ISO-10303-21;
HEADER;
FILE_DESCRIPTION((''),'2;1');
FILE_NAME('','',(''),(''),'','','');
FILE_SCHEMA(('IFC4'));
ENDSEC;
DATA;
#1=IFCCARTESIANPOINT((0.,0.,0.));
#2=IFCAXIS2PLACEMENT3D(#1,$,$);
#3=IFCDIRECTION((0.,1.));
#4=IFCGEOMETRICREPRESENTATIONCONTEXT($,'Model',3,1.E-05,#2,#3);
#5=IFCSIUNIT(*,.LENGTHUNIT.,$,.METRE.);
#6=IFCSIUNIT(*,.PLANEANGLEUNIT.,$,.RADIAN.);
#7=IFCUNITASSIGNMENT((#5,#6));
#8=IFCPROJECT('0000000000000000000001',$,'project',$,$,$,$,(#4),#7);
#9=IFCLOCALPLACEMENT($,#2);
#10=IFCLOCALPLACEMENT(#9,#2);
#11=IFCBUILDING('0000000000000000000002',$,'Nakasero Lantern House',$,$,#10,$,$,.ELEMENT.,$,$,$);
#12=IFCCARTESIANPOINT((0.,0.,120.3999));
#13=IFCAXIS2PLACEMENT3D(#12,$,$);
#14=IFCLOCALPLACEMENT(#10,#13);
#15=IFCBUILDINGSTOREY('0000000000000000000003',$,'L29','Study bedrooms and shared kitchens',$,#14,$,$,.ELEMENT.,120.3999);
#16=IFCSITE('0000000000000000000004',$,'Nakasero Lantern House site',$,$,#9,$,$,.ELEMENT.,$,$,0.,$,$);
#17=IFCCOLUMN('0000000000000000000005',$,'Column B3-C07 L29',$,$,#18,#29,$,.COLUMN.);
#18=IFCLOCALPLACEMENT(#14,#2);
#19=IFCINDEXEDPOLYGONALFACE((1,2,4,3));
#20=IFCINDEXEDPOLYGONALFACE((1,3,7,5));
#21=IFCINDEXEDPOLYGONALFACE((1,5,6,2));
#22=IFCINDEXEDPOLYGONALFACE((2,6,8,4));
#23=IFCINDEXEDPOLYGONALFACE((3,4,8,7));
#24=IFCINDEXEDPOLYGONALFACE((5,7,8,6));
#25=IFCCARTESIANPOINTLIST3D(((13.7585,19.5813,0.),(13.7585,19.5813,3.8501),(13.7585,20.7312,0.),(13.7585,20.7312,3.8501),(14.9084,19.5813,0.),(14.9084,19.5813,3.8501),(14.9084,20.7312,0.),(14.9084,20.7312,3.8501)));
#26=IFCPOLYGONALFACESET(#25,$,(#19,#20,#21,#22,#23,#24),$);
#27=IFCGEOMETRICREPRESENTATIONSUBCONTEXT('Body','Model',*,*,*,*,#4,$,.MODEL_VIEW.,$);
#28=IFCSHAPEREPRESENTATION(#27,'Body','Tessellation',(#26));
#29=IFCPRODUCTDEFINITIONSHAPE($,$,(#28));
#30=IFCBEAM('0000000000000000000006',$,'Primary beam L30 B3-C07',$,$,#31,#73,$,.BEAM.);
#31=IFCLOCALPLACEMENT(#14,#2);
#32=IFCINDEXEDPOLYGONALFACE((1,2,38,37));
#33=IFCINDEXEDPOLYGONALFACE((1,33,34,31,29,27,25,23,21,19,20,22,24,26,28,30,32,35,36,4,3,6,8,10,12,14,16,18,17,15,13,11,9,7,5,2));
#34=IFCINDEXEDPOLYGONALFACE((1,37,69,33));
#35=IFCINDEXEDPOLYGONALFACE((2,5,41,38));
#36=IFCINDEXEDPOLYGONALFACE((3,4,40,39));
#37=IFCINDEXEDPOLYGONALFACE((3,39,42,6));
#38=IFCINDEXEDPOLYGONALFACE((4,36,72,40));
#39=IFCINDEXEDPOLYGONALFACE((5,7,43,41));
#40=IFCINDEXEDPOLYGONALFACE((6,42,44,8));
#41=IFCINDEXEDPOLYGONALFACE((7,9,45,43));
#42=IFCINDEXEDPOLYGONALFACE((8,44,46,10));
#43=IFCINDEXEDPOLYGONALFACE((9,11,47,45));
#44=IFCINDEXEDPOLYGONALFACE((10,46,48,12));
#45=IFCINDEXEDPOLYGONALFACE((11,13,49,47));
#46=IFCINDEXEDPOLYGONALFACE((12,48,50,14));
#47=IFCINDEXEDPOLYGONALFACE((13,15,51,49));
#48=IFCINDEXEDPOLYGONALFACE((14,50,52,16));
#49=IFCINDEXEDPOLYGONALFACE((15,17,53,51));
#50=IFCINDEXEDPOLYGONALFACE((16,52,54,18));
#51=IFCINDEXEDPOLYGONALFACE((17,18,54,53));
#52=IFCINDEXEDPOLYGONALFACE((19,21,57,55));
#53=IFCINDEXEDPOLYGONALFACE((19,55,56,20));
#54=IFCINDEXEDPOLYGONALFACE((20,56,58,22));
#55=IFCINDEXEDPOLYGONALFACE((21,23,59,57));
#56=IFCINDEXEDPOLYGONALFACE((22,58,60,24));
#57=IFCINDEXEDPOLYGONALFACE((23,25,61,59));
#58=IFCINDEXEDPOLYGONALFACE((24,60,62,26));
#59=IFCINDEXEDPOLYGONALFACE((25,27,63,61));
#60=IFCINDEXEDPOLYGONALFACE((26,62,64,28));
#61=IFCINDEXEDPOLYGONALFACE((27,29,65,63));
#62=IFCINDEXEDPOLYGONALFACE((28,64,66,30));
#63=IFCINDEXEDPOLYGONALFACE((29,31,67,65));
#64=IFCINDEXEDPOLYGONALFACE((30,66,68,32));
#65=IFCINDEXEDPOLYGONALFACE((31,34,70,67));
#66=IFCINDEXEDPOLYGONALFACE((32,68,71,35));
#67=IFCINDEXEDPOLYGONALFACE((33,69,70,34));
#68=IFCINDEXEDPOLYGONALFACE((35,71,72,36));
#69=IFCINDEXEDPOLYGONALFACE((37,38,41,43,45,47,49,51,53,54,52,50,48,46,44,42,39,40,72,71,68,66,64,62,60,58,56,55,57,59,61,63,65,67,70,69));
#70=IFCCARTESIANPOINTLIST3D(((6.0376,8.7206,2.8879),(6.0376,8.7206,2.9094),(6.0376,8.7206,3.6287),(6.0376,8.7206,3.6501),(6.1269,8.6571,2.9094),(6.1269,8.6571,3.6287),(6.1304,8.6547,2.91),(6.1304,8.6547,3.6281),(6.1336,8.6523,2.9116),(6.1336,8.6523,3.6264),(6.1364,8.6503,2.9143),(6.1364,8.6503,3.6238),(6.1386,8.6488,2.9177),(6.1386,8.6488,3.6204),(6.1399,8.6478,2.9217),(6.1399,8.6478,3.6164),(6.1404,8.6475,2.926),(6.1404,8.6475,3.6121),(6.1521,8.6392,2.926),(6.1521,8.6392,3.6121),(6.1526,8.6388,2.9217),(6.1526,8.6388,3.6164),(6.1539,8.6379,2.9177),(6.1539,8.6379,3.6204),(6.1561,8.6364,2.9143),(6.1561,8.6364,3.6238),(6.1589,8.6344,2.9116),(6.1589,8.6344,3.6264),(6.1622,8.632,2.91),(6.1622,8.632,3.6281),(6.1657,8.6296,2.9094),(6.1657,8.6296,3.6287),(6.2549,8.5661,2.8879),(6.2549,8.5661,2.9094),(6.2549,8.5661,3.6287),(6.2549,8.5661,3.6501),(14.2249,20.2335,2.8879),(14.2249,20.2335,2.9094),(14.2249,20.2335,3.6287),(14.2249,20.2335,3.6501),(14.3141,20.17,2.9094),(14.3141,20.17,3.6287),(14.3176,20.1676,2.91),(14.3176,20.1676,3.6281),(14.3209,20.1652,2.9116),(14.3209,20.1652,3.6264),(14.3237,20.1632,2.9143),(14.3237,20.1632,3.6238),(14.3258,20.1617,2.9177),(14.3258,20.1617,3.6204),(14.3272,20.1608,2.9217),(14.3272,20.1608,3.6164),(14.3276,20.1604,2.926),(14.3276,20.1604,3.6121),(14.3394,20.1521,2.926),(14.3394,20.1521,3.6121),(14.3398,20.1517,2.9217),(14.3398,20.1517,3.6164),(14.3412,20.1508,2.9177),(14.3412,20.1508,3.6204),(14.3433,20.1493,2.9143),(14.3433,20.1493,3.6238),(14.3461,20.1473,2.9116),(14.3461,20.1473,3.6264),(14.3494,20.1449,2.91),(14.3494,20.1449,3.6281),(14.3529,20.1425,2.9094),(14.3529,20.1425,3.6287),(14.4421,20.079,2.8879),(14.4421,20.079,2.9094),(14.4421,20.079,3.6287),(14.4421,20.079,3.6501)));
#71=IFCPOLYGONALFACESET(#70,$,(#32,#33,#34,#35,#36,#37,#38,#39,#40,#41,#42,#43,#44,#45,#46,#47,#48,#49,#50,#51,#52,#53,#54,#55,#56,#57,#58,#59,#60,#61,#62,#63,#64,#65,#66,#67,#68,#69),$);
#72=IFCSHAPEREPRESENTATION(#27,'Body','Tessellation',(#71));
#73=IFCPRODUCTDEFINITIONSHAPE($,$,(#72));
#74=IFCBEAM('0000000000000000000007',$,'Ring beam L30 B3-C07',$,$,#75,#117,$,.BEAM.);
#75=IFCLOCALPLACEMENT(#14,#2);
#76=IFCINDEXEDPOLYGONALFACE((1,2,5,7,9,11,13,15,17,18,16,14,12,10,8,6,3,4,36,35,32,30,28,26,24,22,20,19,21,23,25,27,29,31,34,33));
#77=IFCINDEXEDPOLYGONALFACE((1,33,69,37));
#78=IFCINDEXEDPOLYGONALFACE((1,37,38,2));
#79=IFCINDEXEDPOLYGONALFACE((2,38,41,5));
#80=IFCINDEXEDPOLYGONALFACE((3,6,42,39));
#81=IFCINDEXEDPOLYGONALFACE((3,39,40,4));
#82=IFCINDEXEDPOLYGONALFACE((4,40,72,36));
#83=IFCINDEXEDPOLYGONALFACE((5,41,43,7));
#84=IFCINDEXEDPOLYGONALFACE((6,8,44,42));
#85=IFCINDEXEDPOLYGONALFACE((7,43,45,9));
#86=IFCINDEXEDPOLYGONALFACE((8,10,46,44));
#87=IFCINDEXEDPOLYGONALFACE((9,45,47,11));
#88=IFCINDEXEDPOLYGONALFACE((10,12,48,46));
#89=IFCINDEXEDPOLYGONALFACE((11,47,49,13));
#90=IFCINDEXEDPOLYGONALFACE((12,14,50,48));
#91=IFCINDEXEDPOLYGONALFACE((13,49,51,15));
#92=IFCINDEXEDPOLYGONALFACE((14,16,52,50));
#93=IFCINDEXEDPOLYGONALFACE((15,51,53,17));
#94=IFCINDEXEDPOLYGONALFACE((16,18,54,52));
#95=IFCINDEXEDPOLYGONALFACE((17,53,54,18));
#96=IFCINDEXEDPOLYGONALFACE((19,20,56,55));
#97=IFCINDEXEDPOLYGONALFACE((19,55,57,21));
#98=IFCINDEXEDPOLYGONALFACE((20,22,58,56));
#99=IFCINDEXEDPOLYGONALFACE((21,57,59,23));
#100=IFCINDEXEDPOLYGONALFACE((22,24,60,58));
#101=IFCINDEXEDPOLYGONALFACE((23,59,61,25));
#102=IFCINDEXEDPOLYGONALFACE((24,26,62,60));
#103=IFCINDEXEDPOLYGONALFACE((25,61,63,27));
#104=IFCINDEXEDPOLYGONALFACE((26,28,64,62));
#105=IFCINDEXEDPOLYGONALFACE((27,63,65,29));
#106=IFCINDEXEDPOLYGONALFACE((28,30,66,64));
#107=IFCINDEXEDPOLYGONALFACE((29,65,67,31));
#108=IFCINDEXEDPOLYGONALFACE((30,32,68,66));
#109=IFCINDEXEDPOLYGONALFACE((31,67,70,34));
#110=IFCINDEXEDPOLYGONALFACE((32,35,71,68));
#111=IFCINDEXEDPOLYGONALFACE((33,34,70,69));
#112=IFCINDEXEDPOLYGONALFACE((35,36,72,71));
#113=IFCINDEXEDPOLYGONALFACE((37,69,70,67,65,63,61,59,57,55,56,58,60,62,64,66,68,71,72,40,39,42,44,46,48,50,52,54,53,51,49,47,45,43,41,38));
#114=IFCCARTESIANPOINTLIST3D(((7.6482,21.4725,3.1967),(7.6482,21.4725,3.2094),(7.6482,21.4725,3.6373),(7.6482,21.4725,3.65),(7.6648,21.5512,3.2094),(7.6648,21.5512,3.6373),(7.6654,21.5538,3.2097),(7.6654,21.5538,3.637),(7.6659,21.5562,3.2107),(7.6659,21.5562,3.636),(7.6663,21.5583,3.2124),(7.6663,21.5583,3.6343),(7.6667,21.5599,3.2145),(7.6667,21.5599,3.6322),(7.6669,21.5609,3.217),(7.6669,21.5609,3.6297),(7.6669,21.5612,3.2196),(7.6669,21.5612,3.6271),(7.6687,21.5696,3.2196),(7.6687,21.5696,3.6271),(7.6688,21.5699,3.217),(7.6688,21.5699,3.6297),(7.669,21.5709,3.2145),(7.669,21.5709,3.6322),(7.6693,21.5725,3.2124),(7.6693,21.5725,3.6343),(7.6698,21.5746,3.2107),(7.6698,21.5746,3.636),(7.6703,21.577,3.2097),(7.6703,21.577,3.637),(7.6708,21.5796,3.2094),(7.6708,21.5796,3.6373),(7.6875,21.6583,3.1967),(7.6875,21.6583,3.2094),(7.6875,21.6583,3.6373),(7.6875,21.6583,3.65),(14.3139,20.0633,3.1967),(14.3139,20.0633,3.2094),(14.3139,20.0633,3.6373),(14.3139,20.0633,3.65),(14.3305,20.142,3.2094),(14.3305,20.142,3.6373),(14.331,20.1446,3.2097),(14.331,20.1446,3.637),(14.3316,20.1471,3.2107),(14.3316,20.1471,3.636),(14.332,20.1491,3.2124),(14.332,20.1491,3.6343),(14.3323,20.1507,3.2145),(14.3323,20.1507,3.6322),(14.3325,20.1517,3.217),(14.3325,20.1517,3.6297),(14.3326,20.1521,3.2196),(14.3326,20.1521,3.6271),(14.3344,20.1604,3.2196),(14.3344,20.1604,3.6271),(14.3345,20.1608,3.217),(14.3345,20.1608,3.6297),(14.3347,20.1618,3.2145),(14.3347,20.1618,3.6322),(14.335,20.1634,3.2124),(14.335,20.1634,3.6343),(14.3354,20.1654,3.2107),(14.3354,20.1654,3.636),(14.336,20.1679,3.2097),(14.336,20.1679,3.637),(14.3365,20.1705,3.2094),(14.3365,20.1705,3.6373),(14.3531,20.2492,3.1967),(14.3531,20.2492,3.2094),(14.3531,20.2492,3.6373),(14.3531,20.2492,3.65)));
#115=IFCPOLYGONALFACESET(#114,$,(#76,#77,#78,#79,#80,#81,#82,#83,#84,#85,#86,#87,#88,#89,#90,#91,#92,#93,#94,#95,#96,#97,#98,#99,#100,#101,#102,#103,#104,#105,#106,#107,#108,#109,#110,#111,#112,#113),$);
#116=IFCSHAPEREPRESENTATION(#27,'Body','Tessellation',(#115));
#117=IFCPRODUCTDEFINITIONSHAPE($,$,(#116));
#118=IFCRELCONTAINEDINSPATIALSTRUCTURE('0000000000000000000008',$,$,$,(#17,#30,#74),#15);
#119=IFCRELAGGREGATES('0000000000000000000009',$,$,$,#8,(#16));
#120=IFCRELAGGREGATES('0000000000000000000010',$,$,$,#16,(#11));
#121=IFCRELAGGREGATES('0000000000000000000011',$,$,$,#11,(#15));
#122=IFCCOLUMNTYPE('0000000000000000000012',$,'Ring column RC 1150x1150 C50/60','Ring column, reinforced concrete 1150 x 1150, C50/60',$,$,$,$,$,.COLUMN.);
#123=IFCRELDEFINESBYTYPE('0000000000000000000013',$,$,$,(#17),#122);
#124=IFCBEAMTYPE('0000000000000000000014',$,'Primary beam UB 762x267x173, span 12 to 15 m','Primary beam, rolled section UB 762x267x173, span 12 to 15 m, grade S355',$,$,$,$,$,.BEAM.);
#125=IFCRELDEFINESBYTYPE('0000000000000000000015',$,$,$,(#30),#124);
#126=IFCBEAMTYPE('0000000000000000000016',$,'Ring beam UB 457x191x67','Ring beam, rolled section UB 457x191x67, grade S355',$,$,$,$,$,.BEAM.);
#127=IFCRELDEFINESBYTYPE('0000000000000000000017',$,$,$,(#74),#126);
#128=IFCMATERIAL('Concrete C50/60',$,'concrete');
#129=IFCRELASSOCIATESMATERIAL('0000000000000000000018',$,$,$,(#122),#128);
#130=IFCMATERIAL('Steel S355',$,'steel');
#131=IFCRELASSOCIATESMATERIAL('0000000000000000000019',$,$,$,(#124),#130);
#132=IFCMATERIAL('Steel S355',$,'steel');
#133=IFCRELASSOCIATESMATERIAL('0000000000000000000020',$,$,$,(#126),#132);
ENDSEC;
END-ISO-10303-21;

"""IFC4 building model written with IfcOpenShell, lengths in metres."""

from ifc_helpers import new_model, si_unit, direction, frame, origin, origin_2d, place, context, subcontext, project, spatial, rectangle, i_section, extrude, material, material_profile, profile_set, type_object, element, save


model = new_model("IFC4")

# Units and contexts
model_context = context("Model", 3, precision=1e-05, world=origin(), true_north=direction((0.0, 1.0)))
body_context = subcontext(model_context, "Body", "Model", "MODEL_VIEW")
ifc_project = project(units=[si_unit("LENGTHUNIT", "METRE"), si_unit("PLANEANGLEUNIT", "RADIAN")], contexts=[model_context])

# Site, building, storey
site_placement = place(None, origin())
site = spatial("IfcSite", under=ifc_project, at=site_placement, Name="Nakasero Lantern House site", CompositionType="ELEMENT", RefElevation=0.0)
building_placement = place(site_placement, origin())
building = spatial("IfcBuilding", under=site, at=building_placement, Name="Nakasero Lantern House", CompositionType="ELEMENT")
storey_placement = place(building_placement, frame((0.0, 0.0, 120.3999)))
storey = spatial("IfcBuildingStorey", under=building, at=storey_placement, Name="L29", Description="Study bedrooms and shared kitchens", CompositionType="ELEMENT", Elevation=120.3999)

# Column
ifc_material_1 = material(Name="Concrete C50/60", Category="concrete")
ifc_material_profile_1 = material_profile(ifc_material_1, rectangle(XDim=1.1499, YDim=1.1499, at=origin_2d()), Name="RC 1150x1150")
ifc_profile_set_1 = profile_set([ifc_material_profile_1], Name="Concrete C50/60")
column_type = type_object("IfcColumnType", Name="Ring column RC 1150x1150 C50/60", Description="Ring column, reinforced concrete 1150 x 1150, C50/60", PredefinedType="COLUMN", material=ifc_profile_set_1)
column_placement = place(storey_placement, frame((14.3335, 20.1562, 0.0), z_axis=(0.0, 0.0, 1.0), x_axis=(1.0, 0.0, 0.0)))
element("IfcColumn", 1, at=column_placement, inside=storey, type_object=column_type, Name="Column B3-C07 L29", PredefinedType="COLUMN", context=body_context, shape_type="SweptSolid", body=[
    extrude(rectangle(XDim=1.1499, YDim=1.1499, at=origin_2d()), origin(), (0.0, 0.0, 1.0), 3.8501),
])

# Beams
ifc_material_2 = material(Name="Steel S355", Category="steel")
ifc_material_profile_2 = material_profile(ifc_material_2, i_section(OverallWidth=0.2666, OverallDepth=0.7622, WebThickness=0.0144, FlangeThickness=0.0215, FilletRadius=0.0166, at=origin_2d()), Name="UB 762x267x173")
ifc_profile_set_2 = profile_set([ifc_material_profile_2], Name="Steel S355")
beam_type_1 = type_object("IfcBeamType", Name="Primary beam UB 762x267x173, span 12 to 15 m", Description="Primary beam, rolled section UB 762x267x173, span 12 to 15 m, grade S355", PredefinedType="BEAM", material=ifc_profile_set_2)
beam_1_placement = place(storey_placement, frame((14.3335, 20.1562, 3.269), z_axis=(-0.579537, -0.814946, 0.0), x_axis=(0.814946, -0.579537, 0.0)))
element("IfcBeam", 2, at=beam_1_placement, inside=storey, type_object=beam_type_1, Name="Primary beam L30 B3-C07", PredefinedType="BEAM", context=body_context, shape_type="SweptSolid", body=[
    extrude(i_section(OverallWidth=0.2666, OverallDepth=0.7622, WebThickness=0.0144, FlangeThickness=0.0215, FilletRadius=0.0166, at=origin_2d()), origin(), (0.0, 0.0, 1.0), 14.1272),
])
ifc_material_3 = material(Name="Steel S355", Category="steel")
ifc_material_profile_3 = material_profile(ifc_material_3, i_section(OverallWidth=0.1899, OverallDepth=0.4534, WebThickness=0.0085, FlangeThickness=0.0127, FilletRadius=0.0103, at=origin_2d()), Name="UB 457x191x67")
ifc_profile_set_3 = profile_set([ifc_material_profile_3], Name="Steel S355")
beam_type_2 = type_object("IfcBeamType", Name="Ring beam UB 457x191x67", Description="Ring beam, rolled section UB 457x191x67, grade S355", PredefinedType="BEAM", material=ifc_profile_set_3)
beam_2_placement = place(storey_placement, frame((14.3335, 20.1562, 3.4233), z_axis=(-0.978376, 0.206834, 0.0), x_axis=(-0.206834, -0.978376, 0.0)))
element("IfcBeam", 3, at=beam_2_placement, inside=storey, type_object=beam_type_2, Name="Ring beam L30 B3-C07", PredefinedType="BEAM", context=body_context, shape_type="SweptSolid", body=[
    extrude(i_section(OverallWidth=0.1899, OverallDepth=0.4534, WebThickness=0.0085, FlangeThickness=0.0127, FilletRadius=0.0103, at=origin_2d()), origin(), (0.0, 0.0, 1.0), 6.813),
])

save(model, "model.ifc")
